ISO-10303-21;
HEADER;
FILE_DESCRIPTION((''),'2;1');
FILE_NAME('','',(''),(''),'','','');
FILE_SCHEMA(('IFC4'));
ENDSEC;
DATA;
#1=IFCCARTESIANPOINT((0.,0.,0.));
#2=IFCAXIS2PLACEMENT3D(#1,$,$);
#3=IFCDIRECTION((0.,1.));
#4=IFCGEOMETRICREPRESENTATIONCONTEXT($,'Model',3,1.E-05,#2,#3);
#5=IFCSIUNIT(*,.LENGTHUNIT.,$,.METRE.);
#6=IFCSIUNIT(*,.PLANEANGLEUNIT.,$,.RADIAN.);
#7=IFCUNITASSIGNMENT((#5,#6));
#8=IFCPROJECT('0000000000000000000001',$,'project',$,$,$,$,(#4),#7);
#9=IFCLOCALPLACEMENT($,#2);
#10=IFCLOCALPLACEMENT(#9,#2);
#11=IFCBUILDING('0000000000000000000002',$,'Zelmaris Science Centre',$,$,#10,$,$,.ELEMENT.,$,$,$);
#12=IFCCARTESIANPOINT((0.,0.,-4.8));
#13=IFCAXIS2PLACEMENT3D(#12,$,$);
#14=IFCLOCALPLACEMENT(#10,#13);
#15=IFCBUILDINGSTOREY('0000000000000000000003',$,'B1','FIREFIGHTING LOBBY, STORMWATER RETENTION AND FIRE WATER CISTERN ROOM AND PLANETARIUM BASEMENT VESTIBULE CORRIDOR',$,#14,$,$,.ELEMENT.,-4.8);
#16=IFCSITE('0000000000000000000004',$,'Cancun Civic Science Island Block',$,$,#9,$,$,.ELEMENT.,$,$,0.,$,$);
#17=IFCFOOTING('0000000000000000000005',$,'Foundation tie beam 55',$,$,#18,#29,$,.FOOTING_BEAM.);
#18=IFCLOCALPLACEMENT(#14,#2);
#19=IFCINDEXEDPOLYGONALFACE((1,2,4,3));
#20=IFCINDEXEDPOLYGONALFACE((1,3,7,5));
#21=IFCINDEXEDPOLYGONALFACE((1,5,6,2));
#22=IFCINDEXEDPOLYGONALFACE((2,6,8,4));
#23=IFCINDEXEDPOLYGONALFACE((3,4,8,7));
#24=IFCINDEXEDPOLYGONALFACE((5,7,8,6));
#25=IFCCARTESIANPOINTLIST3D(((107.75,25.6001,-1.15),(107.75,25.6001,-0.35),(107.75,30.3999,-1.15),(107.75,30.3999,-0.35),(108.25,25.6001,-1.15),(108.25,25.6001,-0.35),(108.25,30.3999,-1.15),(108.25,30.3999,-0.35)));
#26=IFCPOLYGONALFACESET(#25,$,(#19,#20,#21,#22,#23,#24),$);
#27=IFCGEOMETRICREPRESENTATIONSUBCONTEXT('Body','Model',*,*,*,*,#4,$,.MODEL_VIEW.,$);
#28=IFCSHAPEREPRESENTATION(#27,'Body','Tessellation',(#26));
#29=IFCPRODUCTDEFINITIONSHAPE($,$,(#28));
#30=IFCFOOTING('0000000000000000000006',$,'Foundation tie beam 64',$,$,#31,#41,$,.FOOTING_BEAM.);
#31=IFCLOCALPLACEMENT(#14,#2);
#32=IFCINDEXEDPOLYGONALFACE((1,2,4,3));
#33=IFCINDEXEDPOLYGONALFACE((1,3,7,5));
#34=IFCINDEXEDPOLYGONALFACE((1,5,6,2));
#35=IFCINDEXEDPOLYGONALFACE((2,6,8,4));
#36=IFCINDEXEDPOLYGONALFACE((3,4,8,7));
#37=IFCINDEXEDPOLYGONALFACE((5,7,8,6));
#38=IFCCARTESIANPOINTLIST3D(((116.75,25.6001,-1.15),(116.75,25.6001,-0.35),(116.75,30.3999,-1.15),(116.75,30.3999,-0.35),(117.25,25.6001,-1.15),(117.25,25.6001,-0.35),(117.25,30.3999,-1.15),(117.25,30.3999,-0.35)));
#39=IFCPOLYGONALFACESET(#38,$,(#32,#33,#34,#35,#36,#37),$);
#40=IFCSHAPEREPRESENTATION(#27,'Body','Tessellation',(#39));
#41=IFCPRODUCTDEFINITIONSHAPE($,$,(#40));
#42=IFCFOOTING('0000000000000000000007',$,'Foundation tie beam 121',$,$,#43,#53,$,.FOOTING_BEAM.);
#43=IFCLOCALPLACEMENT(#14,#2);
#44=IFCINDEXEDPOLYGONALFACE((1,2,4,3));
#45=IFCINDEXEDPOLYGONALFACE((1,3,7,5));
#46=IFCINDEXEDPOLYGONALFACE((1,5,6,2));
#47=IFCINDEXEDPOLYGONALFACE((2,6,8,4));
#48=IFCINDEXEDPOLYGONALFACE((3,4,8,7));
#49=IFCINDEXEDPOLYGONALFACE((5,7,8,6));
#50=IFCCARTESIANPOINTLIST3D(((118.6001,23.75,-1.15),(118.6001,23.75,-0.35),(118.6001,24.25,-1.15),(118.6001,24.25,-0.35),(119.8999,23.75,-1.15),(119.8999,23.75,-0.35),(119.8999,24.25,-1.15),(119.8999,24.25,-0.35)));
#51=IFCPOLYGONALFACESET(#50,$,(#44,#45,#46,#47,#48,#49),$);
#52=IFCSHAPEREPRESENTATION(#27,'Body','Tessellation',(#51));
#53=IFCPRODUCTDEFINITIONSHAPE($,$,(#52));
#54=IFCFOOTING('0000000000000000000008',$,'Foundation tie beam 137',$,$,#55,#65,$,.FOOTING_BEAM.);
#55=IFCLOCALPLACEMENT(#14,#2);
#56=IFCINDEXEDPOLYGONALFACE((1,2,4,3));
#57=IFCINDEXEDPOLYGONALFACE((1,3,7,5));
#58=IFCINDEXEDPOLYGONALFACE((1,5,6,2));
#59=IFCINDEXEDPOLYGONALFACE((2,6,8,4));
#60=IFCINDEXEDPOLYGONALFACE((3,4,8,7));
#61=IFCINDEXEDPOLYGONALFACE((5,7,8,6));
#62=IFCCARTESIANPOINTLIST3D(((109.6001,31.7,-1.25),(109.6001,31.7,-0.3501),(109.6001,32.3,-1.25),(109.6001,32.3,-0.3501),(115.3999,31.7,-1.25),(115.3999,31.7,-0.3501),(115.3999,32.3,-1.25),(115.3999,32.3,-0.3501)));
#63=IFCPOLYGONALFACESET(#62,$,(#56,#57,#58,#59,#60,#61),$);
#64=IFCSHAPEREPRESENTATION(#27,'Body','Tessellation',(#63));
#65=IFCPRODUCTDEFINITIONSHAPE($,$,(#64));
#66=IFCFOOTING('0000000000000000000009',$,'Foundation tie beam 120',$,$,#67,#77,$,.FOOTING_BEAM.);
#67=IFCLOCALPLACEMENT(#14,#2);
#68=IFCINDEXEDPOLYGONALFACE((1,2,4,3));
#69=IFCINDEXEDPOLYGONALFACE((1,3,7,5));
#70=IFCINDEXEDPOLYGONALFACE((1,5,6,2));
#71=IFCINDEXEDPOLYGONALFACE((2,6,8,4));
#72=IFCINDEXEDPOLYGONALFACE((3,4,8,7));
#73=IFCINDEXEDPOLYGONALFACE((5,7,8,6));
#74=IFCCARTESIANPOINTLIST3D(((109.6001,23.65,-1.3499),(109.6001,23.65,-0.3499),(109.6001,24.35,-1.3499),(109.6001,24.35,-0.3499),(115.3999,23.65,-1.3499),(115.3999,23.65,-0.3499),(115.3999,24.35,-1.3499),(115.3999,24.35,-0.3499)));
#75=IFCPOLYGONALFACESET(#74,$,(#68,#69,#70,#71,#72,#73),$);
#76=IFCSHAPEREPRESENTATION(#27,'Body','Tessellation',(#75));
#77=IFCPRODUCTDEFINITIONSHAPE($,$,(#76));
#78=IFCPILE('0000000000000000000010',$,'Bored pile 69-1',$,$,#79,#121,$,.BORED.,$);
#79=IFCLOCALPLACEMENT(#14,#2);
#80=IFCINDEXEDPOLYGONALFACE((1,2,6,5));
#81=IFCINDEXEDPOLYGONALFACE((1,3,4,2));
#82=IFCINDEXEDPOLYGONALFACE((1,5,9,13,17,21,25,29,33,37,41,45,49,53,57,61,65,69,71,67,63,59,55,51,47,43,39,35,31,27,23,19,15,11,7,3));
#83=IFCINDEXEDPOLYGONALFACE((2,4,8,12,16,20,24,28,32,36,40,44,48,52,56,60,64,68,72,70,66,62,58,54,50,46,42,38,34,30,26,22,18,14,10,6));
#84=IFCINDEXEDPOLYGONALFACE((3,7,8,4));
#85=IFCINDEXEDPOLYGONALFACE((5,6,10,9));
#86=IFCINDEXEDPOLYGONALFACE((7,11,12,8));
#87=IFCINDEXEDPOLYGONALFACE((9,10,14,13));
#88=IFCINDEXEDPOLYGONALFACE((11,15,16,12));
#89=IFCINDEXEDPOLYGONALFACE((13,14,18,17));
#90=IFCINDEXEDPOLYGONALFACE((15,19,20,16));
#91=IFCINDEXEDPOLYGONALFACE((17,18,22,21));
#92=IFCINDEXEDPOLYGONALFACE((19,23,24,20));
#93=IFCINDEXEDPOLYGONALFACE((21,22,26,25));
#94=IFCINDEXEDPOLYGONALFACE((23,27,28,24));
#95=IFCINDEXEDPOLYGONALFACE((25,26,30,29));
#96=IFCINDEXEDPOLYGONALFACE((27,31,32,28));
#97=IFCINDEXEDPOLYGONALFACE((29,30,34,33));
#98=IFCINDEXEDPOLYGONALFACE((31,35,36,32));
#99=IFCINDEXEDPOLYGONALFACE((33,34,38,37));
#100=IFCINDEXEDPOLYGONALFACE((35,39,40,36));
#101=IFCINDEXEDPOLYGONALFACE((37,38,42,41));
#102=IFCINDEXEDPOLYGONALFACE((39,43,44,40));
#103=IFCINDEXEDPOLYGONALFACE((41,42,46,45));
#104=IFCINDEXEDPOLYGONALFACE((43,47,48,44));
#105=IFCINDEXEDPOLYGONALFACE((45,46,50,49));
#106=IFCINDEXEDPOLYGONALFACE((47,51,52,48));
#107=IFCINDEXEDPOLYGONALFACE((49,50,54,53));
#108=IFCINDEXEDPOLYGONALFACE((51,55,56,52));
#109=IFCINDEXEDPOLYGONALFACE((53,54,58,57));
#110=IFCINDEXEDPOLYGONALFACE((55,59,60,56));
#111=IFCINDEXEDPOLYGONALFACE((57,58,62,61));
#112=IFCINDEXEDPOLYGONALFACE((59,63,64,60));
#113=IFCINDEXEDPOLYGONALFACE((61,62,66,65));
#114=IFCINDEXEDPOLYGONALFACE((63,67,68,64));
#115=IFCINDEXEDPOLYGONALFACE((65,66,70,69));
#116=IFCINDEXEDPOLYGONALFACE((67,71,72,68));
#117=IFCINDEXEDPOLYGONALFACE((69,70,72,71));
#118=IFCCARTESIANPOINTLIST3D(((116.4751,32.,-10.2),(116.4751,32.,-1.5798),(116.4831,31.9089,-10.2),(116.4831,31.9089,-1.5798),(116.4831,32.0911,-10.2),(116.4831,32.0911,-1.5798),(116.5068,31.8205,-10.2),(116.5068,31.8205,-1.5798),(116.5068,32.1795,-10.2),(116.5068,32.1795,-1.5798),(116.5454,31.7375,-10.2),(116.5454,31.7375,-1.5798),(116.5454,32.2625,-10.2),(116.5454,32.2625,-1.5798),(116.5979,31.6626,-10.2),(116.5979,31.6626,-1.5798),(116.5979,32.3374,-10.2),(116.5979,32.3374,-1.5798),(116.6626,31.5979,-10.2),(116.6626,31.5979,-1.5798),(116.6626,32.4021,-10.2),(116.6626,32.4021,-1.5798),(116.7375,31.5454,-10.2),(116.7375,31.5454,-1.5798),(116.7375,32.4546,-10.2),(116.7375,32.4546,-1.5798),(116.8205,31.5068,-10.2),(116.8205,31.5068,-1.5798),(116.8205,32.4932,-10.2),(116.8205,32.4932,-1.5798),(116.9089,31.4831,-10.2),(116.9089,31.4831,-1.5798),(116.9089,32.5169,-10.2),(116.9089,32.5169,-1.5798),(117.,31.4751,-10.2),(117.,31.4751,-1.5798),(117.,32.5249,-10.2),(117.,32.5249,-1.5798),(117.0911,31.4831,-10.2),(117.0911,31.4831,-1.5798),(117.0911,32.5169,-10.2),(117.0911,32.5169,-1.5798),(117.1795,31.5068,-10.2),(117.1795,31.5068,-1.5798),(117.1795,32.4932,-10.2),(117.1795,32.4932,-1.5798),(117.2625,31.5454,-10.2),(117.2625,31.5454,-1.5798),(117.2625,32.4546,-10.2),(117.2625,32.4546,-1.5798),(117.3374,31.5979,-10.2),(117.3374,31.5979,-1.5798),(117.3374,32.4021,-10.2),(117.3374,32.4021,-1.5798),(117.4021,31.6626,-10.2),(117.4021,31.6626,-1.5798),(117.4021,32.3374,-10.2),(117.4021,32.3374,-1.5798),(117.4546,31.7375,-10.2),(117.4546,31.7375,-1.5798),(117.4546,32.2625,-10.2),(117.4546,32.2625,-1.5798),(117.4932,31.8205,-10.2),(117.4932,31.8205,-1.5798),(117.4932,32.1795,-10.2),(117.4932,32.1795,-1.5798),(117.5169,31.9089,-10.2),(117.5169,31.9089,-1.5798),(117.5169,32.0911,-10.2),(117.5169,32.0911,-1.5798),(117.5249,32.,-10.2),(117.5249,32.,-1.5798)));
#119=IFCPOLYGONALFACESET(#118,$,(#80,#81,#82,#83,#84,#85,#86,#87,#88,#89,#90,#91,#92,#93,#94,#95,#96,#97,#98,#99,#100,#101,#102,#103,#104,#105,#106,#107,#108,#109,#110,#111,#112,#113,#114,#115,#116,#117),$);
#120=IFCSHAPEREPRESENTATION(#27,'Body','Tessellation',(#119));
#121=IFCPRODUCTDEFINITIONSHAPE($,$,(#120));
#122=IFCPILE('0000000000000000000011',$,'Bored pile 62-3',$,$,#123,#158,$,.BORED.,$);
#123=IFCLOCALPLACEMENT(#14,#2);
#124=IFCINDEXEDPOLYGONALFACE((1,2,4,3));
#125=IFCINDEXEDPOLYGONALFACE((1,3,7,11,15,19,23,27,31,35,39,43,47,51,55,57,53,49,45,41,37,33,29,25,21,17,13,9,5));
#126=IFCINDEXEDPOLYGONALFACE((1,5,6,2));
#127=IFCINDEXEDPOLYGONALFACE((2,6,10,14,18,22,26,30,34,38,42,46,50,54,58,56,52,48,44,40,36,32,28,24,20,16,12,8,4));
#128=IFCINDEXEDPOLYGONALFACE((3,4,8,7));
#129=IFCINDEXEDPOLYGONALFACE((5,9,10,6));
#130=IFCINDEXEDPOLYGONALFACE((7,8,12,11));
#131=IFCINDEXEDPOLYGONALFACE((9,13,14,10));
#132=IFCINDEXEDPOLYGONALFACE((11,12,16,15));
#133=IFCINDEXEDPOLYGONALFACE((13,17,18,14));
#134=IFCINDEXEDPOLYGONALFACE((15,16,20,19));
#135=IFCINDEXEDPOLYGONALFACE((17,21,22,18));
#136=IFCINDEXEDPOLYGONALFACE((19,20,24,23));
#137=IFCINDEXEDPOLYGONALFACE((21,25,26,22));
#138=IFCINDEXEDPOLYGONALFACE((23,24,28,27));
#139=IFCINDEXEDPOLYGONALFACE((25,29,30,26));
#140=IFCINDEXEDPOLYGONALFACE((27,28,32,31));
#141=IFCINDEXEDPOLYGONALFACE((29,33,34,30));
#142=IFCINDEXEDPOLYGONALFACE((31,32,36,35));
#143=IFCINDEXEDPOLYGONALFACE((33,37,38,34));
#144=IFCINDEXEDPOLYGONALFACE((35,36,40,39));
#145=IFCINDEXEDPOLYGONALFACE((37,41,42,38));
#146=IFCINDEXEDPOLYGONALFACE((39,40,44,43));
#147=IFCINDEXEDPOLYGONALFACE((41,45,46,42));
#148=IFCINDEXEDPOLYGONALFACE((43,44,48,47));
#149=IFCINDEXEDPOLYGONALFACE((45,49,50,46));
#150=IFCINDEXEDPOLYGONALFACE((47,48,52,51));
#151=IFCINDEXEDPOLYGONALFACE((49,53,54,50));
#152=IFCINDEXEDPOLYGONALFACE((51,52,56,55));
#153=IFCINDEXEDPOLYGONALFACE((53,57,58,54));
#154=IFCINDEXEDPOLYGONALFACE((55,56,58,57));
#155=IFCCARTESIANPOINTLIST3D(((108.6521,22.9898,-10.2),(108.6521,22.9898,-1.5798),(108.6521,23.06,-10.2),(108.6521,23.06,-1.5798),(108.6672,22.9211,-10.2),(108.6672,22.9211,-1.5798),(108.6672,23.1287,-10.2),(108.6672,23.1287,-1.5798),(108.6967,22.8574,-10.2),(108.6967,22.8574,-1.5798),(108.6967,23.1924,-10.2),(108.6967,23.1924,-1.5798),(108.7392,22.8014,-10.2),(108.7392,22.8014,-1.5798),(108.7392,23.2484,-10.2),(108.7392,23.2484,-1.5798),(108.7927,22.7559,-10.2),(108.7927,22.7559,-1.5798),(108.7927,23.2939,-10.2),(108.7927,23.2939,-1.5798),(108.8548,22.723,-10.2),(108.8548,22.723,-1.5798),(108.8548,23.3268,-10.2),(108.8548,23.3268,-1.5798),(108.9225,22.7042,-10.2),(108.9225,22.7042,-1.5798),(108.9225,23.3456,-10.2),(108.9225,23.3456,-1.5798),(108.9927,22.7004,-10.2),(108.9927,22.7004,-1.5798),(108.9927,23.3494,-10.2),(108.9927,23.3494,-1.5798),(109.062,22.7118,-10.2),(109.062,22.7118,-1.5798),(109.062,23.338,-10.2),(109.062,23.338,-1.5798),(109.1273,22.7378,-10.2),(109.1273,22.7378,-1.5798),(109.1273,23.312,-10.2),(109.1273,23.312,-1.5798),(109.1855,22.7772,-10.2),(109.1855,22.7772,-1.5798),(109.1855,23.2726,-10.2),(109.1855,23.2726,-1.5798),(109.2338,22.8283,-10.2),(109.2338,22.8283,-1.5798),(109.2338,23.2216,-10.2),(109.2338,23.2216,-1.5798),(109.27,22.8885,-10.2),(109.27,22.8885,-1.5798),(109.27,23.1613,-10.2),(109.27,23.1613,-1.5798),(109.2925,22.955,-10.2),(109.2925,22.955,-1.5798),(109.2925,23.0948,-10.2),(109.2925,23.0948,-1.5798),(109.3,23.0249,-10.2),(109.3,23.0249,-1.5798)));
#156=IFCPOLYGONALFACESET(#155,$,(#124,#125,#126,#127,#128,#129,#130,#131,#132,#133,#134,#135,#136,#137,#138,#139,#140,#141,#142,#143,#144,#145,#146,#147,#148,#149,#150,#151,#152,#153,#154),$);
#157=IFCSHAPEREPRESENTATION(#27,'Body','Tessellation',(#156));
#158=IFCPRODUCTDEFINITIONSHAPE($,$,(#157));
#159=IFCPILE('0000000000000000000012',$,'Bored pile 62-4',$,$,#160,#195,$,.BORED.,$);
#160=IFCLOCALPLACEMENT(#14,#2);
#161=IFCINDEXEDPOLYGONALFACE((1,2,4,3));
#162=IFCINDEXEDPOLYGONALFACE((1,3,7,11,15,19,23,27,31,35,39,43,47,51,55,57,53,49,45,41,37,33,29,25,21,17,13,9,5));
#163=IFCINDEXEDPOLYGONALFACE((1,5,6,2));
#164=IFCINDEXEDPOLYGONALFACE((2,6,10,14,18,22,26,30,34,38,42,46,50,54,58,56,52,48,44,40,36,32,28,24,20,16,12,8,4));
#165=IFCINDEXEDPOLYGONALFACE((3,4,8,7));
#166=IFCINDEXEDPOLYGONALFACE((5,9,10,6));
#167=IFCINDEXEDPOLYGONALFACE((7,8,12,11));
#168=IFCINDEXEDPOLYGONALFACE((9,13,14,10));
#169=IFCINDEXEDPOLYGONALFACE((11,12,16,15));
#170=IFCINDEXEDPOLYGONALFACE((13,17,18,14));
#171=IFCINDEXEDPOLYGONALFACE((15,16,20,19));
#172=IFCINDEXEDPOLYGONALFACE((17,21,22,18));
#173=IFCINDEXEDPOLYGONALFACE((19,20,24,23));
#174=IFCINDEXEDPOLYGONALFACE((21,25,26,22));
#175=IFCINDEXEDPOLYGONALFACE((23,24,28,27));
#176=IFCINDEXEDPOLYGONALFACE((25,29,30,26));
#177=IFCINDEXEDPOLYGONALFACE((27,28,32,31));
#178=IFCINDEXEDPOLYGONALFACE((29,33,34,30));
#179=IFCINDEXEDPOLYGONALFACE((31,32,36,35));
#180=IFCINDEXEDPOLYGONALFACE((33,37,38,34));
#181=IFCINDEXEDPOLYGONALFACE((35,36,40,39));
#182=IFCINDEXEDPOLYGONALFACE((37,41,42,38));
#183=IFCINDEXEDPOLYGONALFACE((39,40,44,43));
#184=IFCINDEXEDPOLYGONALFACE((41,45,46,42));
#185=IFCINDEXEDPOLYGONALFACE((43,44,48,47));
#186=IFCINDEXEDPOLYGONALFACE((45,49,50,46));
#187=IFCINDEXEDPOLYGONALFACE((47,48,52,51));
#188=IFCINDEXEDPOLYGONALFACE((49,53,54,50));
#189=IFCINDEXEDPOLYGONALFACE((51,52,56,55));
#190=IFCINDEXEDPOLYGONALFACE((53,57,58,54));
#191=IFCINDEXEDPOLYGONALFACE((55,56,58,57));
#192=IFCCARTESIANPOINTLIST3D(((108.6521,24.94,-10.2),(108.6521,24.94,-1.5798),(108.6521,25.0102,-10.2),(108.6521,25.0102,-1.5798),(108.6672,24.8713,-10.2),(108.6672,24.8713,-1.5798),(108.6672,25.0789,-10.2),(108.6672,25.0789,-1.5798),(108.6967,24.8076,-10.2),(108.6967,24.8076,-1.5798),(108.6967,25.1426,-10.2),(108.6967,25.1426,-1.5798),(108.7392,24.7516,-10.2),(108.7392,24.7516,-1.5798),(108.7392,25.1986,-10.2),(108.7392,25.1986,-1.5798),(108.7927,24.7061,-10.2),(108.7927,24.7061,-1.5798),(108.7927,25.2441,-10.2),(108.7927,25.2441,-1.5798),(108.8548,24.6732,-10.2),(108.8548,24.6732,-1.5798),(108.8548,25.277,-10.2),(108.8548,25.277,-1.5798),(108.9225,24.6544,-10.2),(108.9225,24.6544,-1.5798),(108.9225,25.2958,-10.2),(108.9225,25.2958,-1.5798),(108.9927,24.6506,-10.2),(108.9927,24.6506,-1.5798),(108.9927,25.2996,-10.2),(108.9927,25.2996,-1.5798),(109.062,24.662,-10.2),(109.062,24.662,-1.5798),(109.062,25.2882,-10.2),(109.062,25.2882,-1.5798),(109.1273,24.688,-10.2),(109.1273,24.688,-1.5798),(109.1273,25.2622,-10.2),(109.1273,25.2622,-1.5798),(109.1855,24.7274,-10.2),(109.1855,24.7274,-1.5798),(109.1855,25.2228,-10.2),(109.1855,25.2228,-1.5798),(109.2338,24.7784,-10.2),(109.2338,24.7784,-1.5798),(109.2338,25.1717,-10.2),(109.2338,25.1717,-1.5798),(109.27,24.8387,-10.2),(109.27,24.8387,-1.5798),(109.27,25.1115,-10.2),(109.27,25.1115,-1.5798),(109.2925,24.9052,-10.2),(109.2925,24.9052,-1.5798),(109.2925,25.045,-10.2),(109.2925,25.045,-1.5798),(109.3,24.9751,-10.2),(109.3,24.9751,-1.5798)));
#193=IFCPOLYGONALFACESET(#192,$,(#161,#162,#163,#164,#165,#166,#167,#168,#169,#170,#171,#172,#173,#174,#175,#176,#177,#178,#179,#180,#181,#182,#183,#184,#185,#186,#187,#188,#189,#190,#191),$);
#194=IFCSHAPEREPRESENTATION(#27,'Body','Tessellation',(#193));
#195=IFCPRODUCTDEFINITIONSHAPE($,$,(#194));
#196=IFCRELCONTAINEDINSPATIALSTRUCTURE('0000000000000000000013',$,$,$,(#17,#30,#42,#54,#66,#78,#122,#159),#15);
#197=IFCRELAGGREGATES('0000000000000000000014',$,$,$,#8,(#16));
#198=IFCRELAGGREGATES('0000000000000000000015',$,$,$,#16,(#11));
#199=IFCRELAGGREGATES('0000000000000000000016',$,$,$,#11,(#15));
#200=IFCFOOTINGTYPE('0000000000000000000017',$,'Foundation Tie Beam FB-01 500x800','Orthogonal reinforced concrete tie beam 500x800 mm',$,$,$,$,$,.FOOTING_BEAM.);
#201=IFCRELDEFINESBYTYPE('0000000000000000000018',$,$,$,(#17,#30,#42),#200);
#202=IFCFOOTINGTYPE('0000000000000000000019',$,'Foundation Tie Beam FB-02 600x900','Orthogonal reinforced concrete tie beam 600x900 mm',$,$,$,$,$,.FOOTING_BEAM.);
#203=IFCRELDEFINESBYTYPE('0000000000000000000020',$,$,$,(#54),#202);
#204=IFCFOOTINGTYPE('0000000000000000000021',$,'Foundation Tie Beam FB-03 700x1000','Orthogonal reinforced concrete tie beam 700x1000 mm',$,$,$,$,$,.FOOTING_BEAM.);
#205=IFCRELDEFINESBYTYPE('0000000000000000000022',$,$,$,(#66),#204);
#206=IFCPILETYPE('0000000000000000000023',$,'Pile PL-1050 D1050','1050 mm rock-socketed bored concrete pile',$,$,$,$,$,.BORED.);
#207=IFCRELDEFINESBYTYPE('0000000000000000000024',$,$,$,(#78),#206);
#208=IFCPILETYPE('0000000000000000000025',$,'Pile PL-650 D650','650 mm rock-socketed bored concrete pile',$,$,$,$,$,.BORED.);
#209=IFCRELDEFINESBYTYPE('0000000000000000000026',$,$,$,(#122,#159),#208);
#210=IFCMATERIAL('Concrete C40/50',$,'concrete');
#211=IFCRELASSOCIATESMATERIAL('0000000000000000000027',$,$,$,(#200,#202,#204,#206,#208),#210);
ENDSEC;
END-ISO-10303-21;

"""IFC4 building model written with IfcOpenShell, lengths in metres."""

from ifc_helpers import new_model, si_unit, direction, frame, origin, origin_2d, place, context, subcontext, project, spatial, rectangle, circle, extrude, material, material_profile, profile_set, type_object, element, save


model = new_model("IFC4")

# Units and contexts
model_context = context("Model", 3, precision=1e-05, world=origin(), true_north=direction((0.0, 1.0)))
body_context = subcontext(model_context, "Body", "Model", "MODEL_VIEW")
ifc_project = project(units=[si_unit("LENGTHUNIT", "METRE"), si_unit("PLANEANGLEUNIT", "RADIAN")], contexts=[model_context])

# Site, building, storey
site_placement = place(None, origin())
site = spatial("IfcSite", under=ifc_project, at=site_placement, Name="Cancun Civic Science Island Block", CompositionType="ELEMENT", RefElevation=0.0)
building_placement = place(site_placement, origin())
building = spatial("IfcBuilding", under=site, at=building_placement, Name="Zelmaris Science Centre", CompositionType="ELEMENT")
storey_placement = place(building_placement, frame((0.0, 0.0, -4.8)))
storey = spatial("IfcBuildingStorey", under=building, at=storey_placement, Name="B1", Description="FIREFIGHTING LOBBY, STORMWATER RETENTION AND FIRE WATER CISTERN ROOM AND PLANETARIUM BASEMENT VESTIBULE CORRIDOR", CompositionType="ELEMENT", Elevation=-4.8)

# Footings
ifc_material_1 = material(Name="Concrete C40/50", Category="concrete")
ifc_material_profile_1 = material_profile(ifc_material_1, rectangle(XDim=0.5, YDim=0.8, at=origin_2d()), Name="FB-500X800")
ifc_profile_set_1 = profile_set([ifc_material_profile_1], Name="Concrete C40/50")
footing_type_1 = type_object("IfcFootingType", Name="Foundation Tie Beam FB-01 500x800", Description="Orthogonal reinforced concrete tie beam 500x800 mm", PredefinedType="FOOTING_BEAM", material=ifc_profile_set_1)
for number, where, z_axis, x_axis, name in (
    (1, (108.0, 25.6001, -0.75), (0.0, 1.0, 0.0), (-1.0, 0.0, 0.0), "Foundation tie beam 55"),
    (2, (117.0, 25.6001, -0.75), (0.0, 1.0, 0.0), (-1.0, 0.0, 0.0), "Foundation tie beam 64"),
):
    element("IfcFooting", number, at=place(storey_placement, frame(where, z_axis=z_axis, x_axis=x_axis)), inside=storey, type_object=footing_type_1, Name=name, PredefinedType="FOOTING_BEAM", context=body_context, shape_type="SweptSolid", body=[
        extrude(rectangle(XDim=0.5, YDim=0.8, at=origin_2d()), origin(), (0.0, 0.0, 1.0), 4.7998),
    ])
footing_1_placement = place(storey_placement, frame((118.6001, 24.0, -0.75), z_axis=(1.0, 0.0, 0.0), x_axis=(0.0, 1.0, 0.0)))
element("IfcFooting", 3, at=footing_1_placement, inside=storey, type_object=footing_type_1, Name="Foundation tie beam 121", PredefinedType="FOOTING_BEAM", context=body_context, shape_type="SweptSolid", body=[
    extrude(rectangle(XDim=0.5, YDim=0.8, at=origin_2d()), origin(), (0.0, 0.0, 1.0), 1.2998),
])
ifc_material_profile_2 = material_profile(ifc_material_1, rectangle(XDim=0.6001, YDim=0.8999, at=origin_2d()), Name="FB-600X900")
ifc_profile_set_2 = profile_set([ifc_material_profile_2], Name="Concrete C40/50")
footing_type_2 = type_object("IfcFootingType", Name="Foundation Tie Beam FB-02 600x900", Description="Orthogonal reinforced concrete tie beam 600x900 mm", PredefinedType="FOOTING_BEAM", material=ifc_profile_set_2)
footing_2_placement = place(storey_placement, frame((109.6001, 32.0, -0.8), z_axis=(1.0, 0.0, 0.0), x_axis=(0.0, 1.0, 0.0)))
element("IfcFooting", 4, at=footing_2_placement, inside=storey, type_object=footing_type_2, Name="Foundation tie beam 137", PredefinedType="FOOTING_BEAM", context=body_context, shape_type="SweptSolid", body=[
    extrude(rectangle(XDim=0.6001, YDim=0.8999, at=origin_2d()), origin(), (0.0, 0.0, 1.0), 5.7998),
])
ifc_material_profile_3 = material_profile(ifc_material_1, rectangle(XDim=0.7, YDim=1.0, at=origin_2d()), Name="FB-700X1000")
ifc_profile_set_3 = profile_set([ifc_material_profile_3], Name="Concrete C40/50")
footing_type_3 = type_object("IfcFootingType", Name="Foundation Tie Beam FB-03 700x1000", Description="Orthogonal reinforced concrete tie beam 700x1000 mm", PredefinedType="FOOTING_BEAM", material=ifc_profile_set_3)
footing_3_placement = place(storey_placement, frame((109.6001, 24.0, -0.8499), z_axis=(1.0, 0.0, 0.0), x_axis=(0.0, 1.0, 0.0)))
element("IfcFooting", 5, at=footing_3_placement, inside=storey, type_object=footing_type_3, Name="Foundation tie beam 120", PredefinedType="FOOTING_BEAM", context=body_context, shape_type="SweptSolid", body=[
    extrude(rectangle(XDim=0.7, YDim=1.0, at=origin_2d()), origin(), (0.0, 0.0, 1.0), 5.7998),
])

# Piles
ifc_material_profile_4 = material_profile(ifc_material_1, circle(Radius=0.5249, at=origin_2d()), Name="PILE-1050")
ifc_profile_set_4 = profile_set([ifc_material_profile_4], Name="Concrete C40/50")
pile_type_1 = type_object("IfcPileType", Name="Pile PL-1050 D1050", Description="1050 mm rock-socketed bored concrete pile", PredefinedType="BORED", material=ifc_profile_set_4)
pile_1_placement = place(storey_placement, frame((117.0, 32.0, -1.5798), z_axis=(0.0, 0.0, -1.0), x_axis=(1.0, 0.0, 0.0)))
element("IfcPile", 6, at=pile_1_placement, inside=storey, type_object=pile_type_1, Name="Bored pile 69-1", PredefinedType="BORED", context=body_context, shape_type="SweptSolid", body=[
    extrude(circle(Radius=0.5249, at=origin_2d()), origin(), (0.0, 0.0, 1.0), 8.6201),
])
ifc_material_profile_5 = material_profile(ifc_material_1, circle(Radius=0.325, at=origin_2d()), Name="PILE-650")
ifc_profile_set_5 = profile_set([ifc_material_profile_5], Name="Concrete C40/50")
pile_type_2 = type_object("IfcPileType", Name="Pile PL-650 D650", Description="650 mm rock-socketed bored concrete pile", PredefinedType="BORED", material=ifc_profile_set_5)
for number, where, z_axis, x_axis, name in (
    (7, (108.9751, 23.0249, -1.5798), (0.0, 0.0, -1.0), (1.0, 0.0, 0.0), "Bored pile 62-3"),
    (8, (108.9751, 24.9751, -1.5798), (0.0, 0.0, -1.0), (1.0, 0.0, 0.0), "Bored pile 62-4"),
):
    element("IfcPile", number, at=place(storey_placement, frame(where, z_axis=z_axis, x_axis=x_axis)), inside=storey, type_object=pile_type_2, Name=name, PredefinedType="BORED", context=body_context, shape_type="SweptSolid", body=[
        extrude(circle(Radius=0.325, at=origin_2d()), origin(), (0.0, 0.0, 1.0), 8.6201),
    ])

save(model, "model.ifc")
